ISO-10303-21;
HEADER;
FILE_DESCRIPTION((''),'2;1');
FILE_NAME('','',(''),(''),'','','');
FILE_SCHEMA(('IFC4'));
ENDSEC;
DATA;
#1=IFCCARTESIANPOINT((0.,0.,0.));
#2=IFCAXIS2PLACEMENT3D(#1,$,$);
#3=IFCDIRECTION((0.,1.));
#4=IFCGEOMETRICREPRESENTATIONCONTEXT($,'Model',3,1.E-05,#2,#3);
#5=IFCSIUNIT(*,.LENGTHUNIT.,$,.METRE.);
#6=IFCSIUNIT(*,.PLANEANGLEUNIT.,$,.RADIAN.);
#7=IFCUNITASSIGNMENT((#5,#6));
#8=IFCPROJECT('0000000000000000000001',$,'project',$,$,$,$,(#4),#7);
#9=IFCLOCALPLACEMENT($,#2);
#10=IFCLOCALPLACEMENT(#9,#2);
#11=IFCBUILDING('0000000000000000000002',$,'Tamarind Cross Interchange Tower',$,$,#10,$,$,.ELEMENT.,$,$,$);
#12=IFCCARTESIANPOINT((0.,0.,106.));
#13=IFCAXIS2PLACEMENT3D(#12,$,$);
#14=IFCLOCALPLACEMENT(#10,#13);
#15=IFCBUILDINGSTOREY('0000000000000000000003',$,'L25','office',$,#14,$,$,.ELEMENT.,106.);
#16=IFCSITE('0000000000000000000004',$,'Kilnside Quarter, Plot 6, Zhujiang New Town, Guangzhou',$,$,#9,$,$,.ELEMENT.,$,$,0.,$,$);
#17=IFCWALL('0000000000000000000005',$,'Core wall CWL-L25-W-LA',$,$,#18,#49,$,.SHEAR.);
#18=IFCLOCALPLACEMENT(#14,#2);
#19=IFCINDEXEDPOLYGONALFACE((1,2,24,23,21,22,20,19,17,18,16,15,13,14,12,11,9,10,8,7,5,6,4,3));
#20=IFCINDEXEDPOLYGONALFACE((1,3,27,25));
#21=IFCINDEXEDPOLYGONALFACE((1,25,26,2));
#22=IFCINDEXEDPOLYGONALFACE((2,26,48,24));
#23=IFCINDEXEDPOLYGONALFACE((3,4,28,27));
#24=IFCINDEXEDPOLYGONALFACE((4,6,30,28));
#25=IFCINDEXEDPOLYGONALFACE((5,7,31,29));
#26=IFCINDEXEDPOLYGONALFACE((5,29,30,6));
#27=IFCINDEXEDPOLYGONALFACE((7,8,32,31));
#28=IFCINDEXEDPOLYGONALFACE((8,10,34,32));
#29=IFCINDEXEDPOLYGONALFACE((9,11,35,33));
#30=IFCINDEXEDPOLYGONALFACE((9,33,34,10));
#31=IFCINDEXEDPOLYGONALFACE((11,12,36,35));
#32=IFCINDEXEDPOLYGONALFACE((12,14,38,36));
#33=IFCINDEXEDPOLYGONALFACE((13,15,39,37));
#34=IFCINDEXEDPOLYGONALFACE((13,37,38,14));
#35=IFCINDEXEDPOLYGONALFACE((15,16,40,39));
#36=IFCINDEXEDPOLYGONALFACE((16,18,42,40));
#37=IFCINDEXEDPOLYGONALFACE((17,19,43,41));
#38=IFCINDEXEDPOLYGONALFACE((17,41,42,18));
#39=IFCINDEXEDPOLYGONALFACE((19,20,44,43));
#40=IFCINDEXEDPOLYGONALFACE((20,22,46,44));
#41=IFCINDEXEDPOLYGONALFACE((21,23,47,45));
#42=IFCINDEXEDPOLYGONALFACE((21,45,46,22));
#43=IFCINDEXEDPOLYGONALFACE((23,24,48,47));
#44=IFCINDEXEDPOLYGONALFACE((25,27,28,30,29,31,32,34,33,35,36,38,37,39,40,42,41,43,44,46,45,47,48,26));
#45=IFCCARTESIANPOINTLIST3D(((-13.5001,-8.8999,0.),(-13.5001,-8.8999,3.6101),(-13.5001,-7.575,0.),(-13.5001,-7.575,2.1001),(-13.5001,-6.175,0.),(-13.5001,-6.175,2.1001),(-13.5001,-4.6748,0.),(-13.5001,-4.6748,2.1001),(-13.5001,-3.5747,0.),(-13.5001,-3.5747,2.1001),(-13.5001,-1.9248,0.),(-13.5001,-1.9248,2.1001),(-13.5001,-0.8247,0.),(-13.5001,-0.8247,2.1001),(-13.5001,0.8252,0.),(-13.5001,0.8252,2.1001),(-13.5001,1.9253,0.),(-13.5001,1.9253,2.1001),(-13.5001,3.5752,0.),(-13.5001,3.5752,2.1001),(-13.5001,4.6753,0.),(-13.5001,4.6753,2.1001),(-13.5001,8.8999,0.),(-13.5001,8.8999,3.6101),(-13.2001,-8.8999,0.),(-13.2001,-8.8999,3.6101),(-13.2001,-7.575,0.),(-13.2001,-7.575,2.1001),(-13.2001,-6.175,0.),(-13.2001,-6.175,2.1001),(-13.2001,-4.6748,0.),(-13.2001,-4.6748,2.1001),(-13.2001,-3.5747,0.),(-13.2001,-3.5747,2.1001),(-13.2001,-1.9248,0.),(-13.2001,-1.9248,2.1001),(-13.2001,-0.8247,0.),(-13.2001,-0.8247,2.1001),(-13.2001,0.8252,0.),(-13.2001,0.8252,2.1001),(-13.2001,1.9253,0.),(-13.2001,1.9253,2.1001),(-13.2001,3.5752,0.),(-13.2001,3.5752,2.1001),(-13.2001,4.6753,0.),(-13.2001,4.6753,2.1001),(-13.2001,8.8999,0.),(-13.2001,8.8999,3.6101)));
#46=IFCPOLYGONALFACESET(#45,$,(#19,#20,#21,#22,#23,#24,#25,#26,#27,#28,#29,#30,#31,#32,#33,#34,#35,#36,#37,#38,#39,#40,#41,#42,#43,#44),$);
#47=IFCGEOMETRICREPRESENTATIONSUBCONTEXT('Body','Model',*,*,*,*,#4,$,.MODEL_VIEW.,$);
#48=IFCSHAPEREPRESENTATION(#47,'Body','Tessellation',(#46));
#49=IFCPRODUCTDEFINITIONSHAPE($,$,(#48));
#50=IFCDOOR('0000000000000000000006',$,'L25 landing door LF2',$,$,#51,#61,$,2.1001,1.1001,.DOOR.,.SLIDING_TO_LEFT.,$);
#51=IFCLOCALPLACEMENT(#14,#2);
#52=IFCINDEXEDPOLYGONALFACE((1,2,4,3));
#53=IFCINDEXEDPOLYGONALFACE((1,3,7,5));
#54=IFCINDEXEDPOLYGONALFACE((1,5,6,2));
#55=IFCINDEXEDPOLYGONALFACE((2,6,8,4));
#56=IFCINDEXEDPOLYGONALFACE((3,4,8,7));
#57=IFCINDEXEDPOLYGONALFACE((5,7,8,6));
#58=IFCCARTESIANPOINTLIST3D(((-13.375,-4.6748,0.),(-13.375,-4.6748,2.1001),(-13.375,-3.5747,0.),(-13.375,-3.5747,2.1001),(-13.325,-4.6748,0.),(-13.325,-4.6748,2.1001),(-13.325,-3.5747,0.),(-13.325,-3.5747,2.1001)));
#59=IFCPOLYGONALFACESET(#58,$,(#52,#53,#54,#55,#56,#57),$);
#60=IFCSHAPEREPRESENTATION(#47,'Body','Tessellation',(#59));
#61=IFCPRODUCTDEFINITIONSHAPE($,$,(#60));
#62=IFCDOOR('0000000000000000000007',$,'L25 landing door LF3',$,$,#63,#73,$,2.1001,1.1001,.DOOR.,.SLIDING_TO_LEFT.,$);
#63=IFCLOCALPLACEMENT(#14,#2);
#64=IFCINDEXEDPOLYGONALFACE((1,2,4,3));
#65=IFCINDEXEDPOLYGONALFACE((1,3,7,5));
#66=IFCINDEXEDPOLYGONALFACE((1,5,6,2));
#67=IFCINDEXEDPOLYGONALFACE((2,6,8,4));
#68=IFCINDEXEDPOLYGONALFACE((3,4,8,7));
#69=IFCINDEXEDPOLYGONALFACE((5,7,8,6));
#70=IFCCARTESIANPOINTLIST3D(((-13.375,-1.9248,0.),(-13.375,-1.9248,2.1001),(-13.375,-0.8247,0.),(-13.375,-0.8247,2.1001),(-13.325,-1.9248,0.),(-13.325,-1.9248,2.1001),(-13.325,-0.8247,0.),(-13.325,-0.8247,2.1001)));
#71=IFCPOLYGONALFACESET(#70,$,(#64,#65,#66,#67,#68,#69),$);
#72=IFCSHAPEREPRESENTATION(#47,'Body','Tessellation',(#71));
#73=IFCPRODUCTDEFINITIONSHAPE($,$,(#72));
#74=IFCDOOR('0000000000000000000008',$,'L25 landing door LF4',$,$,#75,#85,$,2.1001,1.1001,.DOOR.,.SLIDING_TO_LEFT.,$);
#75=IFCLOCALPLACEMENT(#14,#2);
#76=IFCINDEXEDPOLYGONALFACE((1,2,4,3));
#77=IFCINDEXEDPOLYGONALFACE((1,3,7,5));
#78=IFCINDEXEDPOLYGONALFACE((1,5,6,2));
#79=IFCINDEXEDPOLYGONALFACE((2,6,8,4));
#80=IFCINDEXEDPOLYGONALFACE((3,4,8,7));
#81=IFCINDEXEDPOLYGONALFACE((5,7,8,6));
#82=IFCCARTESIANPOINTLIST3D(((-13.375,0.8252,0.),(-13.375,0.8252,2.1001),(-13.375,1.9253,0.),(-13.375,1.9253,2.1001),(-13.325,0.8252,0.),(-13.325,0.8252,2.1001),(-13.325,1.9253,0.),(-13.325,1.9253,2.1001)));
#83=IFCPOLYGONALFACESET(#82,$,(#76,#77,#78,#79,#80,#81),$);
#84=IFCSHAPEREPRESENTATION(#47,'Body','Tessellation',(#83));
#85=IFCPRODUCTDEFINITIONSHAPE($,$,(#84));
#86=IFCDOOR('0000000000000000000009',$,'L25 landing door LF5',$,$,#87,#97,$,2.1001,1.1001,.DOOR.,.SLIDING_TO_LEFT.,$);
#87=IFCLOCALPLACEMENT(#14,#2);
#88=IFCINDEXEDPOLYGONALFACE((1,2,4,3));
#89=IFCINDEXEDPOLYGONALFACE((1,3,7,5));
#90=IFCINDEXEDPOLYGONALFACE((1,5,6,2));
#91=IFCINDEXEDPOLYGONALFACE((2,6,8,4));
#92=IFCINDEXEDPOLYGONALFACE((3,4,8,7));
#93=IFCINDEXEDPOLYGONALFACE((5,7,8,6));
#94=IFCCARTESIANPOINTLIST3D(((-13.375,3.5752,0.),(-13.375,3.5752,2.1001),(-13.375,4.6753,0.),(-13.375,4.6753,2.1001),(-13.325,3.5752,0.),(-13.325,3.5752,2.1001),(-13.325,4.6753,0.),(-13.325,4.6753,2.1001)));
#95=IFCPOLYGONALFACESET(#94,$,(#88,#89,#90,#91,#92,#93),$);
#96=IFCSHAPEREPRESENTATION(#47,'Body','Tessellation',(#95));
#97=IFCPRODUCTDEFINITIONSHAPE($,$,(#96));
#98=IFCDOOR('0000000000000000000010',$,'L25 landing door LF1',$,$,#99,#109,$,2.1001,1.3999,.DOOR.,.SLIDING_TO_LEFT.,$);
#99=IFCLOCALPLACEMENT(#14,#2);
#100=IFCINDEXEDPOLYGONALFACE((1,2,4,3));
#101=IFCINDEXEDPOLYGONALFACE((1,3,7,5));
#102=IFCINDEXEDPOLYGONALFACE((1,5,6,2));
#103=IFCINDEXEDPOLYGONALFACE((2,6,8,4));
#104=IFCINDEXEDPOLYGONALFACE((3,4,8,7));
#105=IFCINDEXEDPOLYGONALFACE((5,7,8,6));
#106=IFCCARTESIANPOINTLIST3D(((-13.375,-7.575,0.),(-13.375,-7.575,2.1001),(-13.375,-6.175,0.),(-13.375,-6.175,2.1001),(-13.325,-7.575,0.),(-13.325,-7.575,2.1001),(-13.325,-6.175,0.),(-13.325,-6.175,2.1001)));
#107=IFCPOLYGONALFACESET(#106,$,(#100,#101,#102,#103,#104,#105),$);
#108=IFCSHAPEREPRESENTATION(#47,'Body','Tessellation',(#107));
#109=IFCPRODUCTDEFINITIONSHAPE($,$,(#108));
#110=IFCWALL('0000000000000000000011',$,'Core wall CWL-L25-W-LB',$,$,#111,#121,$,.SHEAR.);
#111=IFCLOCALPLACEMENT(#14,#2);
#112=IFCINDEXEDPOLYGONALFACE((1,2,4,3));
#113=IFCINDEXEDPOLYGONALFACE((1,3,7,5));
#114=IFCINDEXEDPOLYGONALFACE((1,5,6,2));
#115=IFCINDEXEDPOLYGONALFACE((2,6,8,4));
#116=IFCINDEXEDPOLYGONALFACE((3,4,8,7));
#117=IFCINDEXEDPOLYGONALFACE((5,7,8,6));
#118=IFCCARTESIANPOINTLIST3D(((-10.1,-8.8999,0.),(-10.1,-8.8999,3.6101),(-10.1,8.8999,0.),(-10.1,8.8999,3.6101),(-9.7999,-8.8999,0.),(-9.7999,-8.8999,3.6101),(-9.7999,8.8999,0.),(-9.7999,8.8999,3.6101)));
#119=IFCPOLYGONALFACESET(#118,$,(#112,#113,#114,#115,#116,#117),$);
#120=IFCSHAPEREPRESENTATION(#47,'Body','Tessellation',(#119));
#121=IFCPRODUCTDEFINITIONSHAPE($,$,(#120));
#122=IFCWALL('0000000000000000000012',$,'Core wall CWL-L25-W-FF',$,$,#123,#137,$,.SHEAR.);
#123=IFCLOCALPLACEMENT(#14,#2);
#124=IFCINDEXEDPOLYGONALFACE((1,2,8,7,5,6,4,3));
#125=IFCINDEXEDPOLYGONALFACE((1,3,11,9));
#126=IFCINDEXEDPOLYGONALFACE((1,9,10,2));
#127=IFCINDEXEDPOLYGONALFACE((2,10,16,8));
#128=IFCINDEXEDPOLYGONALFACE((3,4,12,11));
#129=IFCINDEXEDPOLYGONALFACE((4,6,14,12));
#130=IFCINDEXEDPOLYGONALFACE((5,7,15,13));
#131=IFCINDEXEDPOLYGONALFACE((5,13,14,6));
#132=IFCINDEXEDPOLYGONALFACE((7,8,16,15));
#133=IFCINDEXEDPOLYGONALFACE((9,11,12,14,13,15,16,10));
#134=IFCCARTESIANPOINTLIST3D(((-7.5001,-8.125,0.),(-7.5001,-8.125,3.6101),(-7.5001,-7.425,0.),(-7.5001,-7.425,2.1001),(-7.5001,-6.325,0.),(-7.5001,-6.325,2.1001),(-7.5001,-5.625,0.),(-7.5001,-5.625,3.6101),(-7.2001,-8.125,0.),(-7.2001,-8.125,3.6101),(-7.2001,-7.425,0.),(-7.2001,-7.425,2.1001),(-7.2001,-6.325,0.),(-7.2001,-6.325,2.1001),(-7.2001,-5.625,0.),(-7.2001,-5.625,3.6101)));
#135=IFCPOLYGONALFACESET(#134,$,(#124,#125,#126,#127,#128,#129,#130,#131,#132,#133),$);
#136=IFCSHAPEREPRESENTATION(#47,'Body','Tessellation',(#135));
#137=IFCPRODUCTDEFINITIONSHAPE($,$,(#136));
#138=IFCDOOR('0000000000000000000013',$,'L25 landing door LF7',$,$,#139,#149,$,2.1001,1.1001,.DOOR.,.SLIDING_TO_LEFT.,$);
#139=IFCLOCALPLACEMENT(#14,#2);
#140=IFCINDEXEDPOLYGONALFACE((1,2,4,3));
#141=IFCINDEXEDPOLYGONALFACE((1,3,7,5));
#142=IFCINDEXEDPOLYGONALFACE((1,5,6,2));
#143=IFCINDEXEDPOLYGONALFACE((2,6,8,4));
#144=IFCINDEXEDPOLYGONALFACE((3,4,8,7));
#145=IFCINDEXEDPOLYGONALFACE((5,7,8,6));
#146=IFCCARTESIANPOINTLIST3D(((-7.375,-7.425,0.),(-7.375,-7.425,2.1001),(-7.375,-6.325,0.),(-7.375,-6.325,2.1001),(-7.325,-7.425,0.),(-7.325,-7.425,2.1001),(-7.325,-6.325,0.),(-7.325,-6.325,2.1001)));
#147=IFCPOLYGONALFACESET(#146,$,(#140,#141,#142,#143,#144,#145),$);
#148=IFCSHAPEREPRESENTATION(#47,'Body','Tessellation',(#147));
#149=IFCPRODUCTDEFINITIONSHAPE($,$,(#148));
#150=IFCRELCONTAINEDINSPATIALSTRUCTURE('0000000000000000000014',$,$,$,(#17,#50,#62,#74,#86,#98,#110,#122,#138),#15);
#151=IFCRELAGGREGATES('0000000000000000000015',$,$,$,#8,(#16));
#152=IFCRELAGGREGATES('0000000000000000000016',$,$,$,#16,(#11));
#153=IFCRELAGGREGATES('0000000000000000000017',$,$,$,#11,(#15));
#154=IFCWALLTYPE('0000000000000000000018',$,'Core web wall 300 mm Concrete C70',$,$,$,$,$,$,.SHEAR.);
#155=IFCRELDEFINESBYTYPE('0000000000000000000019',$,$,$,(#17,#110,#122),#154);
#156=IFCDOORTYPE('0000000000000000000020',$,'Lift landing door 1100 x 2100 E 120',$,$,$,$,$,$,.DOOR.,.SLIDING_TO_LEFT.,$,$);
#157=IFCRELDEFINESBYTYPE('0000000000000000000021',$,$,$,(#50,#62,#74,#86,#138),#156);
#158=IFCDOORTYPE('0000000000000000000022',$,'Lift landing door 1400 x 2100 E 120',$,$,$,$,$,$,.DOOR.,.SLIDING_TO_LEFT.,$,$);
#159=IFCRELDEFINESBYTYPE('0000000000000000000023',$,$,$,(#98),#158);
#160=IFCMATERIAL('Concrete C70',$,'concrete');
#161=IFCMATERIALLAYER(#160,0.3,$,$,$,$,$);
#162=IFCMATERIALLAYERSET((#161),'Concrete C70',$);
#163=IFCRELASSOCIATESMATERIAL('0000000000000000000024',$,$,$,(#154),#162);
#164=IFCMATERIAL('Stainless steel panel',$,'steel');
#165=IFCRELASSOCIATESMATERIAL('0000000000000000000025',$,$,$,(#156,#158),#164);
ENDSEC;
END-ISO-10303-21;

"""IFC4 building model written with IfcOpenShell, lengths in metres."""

from ifc_helpers import new_model, si_unit, direction, frame, frame_2d, origin, place, context, subcontext, project, spatial, rectangle, extrude, material, layer, layer_set, type_object, element, fill, save


model = new_model("IFC4")

# Units and contexts
model_context = context("Model", 3, precision=1e-05, world=origin(), true_north=direction((0.0, 1.0)))
body_context = subcontext(model_context, "Body", "Model", "MODEL_VIEW")
ifc_project = project(units=[si_unit("LENGTHUNIT", "METRE"), si_unit("PLANEANGLEUNIT", "RADIAN")], contexts=[model_context])

# Site, building, storey
site_placement = place(None, origin())
site = spatial("IfcSite", under=ifc_project, at=site_placement, Name="Kilnside Quarter, Plot 6, Zhujiang New Town, Guangzhou", CompositionType="ELEMENT", RefElevation=0.0)
building_placement = place(site_placement, origin())
building = spatial("IfcBuilding", under=site, at=building_placement, Name="Tamarind Cross Interchange Tower", CompositionType="ELEMENT")
storey_placement = place(building_placement, frame((0.0, 0.0, 106.0)))
storey = spatial("IfcBuildingStorey", under=building, at=storey_placement, Name="L25", Description="office", CompositionType="ELEMENT", Elevation=106.0)

# Shared definitions
ifc_material_1 = material(Name="Concrete C70", Category="concrete")

# Shared definitions
ifc_layer_1 = layer(ifc_material_1, 0.3)
ifc_layer_set_1 = layer_set([ifc_layer_1], Name="Concrete C70")
wall_type_1 = type_object("IfcWallType", Name="Core web wall 300 mm Concrete C70", PredefinedType="SHEAR", material=ifc_layer_set_1)

# Wall, openings, doors
wall_1_placement = place(storey_placement, frame((-13.3501, -8.8999, 0.0), z_axis=(0.0, 0.0, 1.0), x_axis=(0.0, 1.0, 0.0)))
wall_1 = element("IfcWall", 1, at=wall_1_placement, inside=storey, type_object=wall_type_1, Name="Core wall CWL-L25-W-LA", PredefinedType="SHEAR", context=body_context, shape_type="SweptSolid", body=[
    extrude(rectangle(XDim=17.7998, YDim=0.3, at=frame_2d((8.8999, 0.0))), origin(), (0.0, 0.0, 1.0), 3.6101),
])
opening_1_placement = place(wall_1_placement, frame((1.325, 0.0, 0.0)))
opening_1 = element("IfcOpeningElement", 2, at=opening_1_placement, cuts=wall_1, PredefinedType="OPENING", context=body_context, shape_type="SweptSolid", body=[
    extrude(rectangle(XDim=1.3999, YDim=2.1001, at=frame_2d((0.7, 1.05))), frame((0.0, 0.1599, 0.0), z_axis=(0.0, -1.0, 0.0), x_axis=(1.0, 0.0, 0.0)), (0.0, 0.0, 1.0), 0.3201),
])
opening_2_placement = place(wall_1_placement, frame((4.2251, 0.0, 0.0)))
opening_2 = element("IfcOpeningElement", 3, at=opening_2_placement, cuts=wall_1, PredefinedType="OPENING", context=body_context, shape_type="SweptSolid", body=[
    extrude(rectangle(XDim=1.1001, YDim=2.1001, at=frame_2d((0.55, 1.05))), frame((0.0, 0.1599, 0.0), z_axis=(0.0, -1.0, 0.0), x_axis=(1.0, 0.0, 0.0)), (0.0, 0.0, 1.0), 0.3201),
])
opening_3_placement = place(wall_1_placement, frame((6.9751, 0.0, 0.0)))
opening_3 = element("IfcOpeningElement", 4, at=opening_3_placement, cuts=wall_1, PredefinedType="OPENING", context=body_context, shape_type="SweptSolid", body=[
    extrude(rectangle(XDim=1.1001, YDim=2.1001, at=frame_2d((0.55, 1.05))), frame((0.0, 0.1599, 0.0), z_axis=(0.0, -1.0, 0.0), x_axis=(1.0, 0.0, 0.0)), (0.0, 0.0, 1.0), 0.3201),
])
opening_4_placement = place(wall_1_placement, frame((9.7251, 0.0, 0.0)))
opening_4 = element("IfcOpeningElement", 5, at=opening_4_placement, cuts=wall_1, PredefinedType="OPENING", context=body_context, shape_type="SweptSolid", body=[
    extrude(rectangle(XDim=1.1001, YDim=2.1001, at=frame_2d((0.55, 1.05))), frame((0.0, 0.1599, 0.0), z_axis=(0.0, -1.0, 0.0), x_axis=(1.0, 0.0, 0.0)), (0.0, 0.0, 1.0), 0.3201),
])
opening_5_placement = place(wall_1_placement, frame((12.4751, 0.0, 0.0)))
opening_5 = element("IfcOpeningElement", 6, at=opening_5_placement, cuts=wall_1, PredefinedType="OPENING", context=body_context, shape_type="SweptSolid", body=[
    extrude(rectangle(XDim=1.1001, YDim=2.1001, at=frame_2d((0.55, 1.05))), frame((0.0, 0.1599, 0.0), z_axis=(0.0, -1.0, 0.0), x_axis=(1.0, 0.0, 0.0)), (0.0, 0.0, 1.0), 0.3201),
])
ifc_material_2 = material(Name="Stainless steel panel", Category="steel")
door_type_1 = type_object("IfcDoorType", Name="Lift landing door 1100 x 2100 E 120", OperationType="SLIDING_TO_LEFT", PredefinedType="DOOR", material=ifc_material_2)
door_1_placement = place(opening_2_placement, origin())
door_1 = element("IfcDoor", 7, at=door_1_placement, inside=storey, type_object=door_type_1, Name="L25 landing door LF2", OperationType="SLIDING_TO_LEFT", OverallHeight=2.1001, OverallWidth=1.1001, PredefinedType="DOOR", context=body_context, shape_type="SweptSolid", body=[
    extrude(rectangle(XDim=1.1001, YDim=2.1001, at=frame_2d((0.55, 1.05))), frame((0.0, 0.0249, 0.0), z_axis=(0.0, -1.0, 0.0), x_axis=(1.0, 0.0, 0.0)), (0.0, 0.0, 1.0), 0.05),
])
fill(opening_2, door_1)
door_2_placement = place(opening_3_placement, origin())
door_2 = element("IfcDoor", 8, at=door_2_placement, inside=storey, type_object=door_type_1, Name="L25 landing door LF3", OperationType="SLIDING_TO_LEFT", OverallHeight=2.1001, OverallWidth=1.1001, PredefinedType="DOOR", context=body_context, shape_type="SweptSolid", body=[
    extrude(rectangle(XDim=1.1001, YDim=2.1001, at=frame_2d((0.55, 1.05))), frame((0.0, 0.0249, 0.0), z_axis=(0.0, -1.0, 0.0), x_axis=(1.0, 0.0, 0.0)), (0.0, 0.0, 1.0), 0.05),
])
fill(opening_3, door_2)
door_3_placement = place(opening_4_placement, origin())
door_3 = element("IfcDoor", 9, at=door_3_placement, inside=storey, type_object=door_type_1, Name="L25 landing door LF4", OperationType="SLIDING_TO_LEFT", OverallHeight=2.1001, OverallWidth=1.1001, PredefinedType="DOOR", context=body_context, shape_type="SweptSolid", body=[
    extrude(rectangle(XDim=1.1001, YDim=2.1001, at=frame_2d((0.55, 1.05))), frame((0.0, 0.0249, 0.0), z_axis=(0.0, -1.0, 0.0), x_axis=(1.0, 0.0, 0.0)), (0.0, 0.0, 1.0), 0.05),
])
fill(opening_4, door_3)
door_4_placement = place(opening_5_placement, origin())
door_4 = element("IfcDoor", 10, at=door_4_placement, inside=storey, type_object=door_type_1, Name="L25 landing door LF5", OperationType="SLIDING_TO_LEFT", OverallHeight=2.1001, OverallWidth=1.1001, PredefinedType="DOOR", context=body_context, shape_type="SweptSolid", body=[
    extrude(rectangle(XDim=1.1001, YDim=2.1001, at=frame_2d((0.55, 1.05))), frame((0.0, 0.0249, 0.0), z_axis=(0.0, -1.0, 0.0), x_axis=(1.0, 0.0, 0.0)), (0.0, 0.0, 1.0), 0.05),
])
fill(opening_5, door_4)
door_type_2 = type_object("IfcDoorType", Name="Lift landing door 1400 x 2100 E 120", OperationType="SLIDING_TO_LEFT", PredefinedType="DOOR", material=ifc_material_2)
door_5_placement = place(opening_1_placement, origin())
door_5 = element("IfcDoor", 11, at=door_5_placement, inside=storey, type_object=door_type_2, Name="L25 landing door LF1", OperationType="SLIDING_TO_LEFT", OverallHeight=2.1001, OverallWidth=1.3999, PredefinedType="DOOR", context=body_context, shape_type="SweptSolid", body=[
    extrude(rectangle(XDim=1.3999, YDim=2.1001, at=frame_2d((0.7, 1.05))), frame((0.0, 0.0249, 0.0), z_axis=(0.0, -1.0, 0.0), x_axis=(1.0, 0.0, 0.0)), (0.0, 0.0, 1.0), 0.05),
])
fill(opening_1, door_5)

# Wall
wall_2_placement = place(storey_placement, frame((-9.95, -8.8999, 0.0), z_axis=(0.0, 0.0, 1.0), x_axis=(0.0, 1.0, 0.0)))
element("IfcWall", 12, at=wall_2_placement, inside=storey, type_object=wall_type_1, Name="Core wall CWL-L25-W-LB", PredefinedType="SHEAR", context=body_context, shape_type="SweptSolid", body=[
    extrude(rectangle(XDim=17.7998, YDim=0.3, at=frame_2d((8.8999, 0.0))), origin(), (0.0, 0.0, 1.0), 3.6101),
])

# Wall, opening, door
wall_3_placement = place(storey_placement, frame((-7.3501, -8.125, 0.0), z_axis=(0.0, 0.0, 1.0), x_axis=(0.0, 1.0, 0.0)))
wall_3 = element("IfcWall", 13, at=wall_3_placement, inside=storey, type_object=wall_type_1, Name="Core wall CWL-L25-W-FF", PredefinedType="SHEAR", context=body_context, shape_type="SweptSolid", body=[
    extrude(rectangle(XDim=2.5, YDim=0.3, at=frame_2d((1.25, 0.0))), origin(), (0.0, 0.0, 1.0), 3.6101),
])
opening_6_placement = place(wall_3_placement, frame((0.7, 0.0, 0.0)))
opening_6 = element("IfcOpeningElement", 14, at=opening_6_placement, cuts=wall_3, PredefinedType="OPENING", context=body_context, shape_type="SweptSolid", body=[
    extrude(rectangle(XDim=1.1001, YDim=2.1001, at=frame_2d((0.55, 1.05))), frame((0.0, 0.1599, 0.0), z_axis=(0.0, -1.0, 0.0), x_axis=(1.0, 0.0, 0.0)), (0.0, 0.0, 1.0), 0.3201),
])
door_6_placement = place(opening_6_placement, origin())
door_6 = element("IfcDoor", 15, at=door_6_placement, inside=storey, type_object=door_type_1, Name="L25 landing door LF7", OperationType="SLIDING_TO_LEFT", OverallHeight=2.1001, OverallWidth=1.1001, PredefinedType="DOOR", context=body_context, shape_type="SweptSolid", body=[
    extrude(rectangle(XDim=1.1001, YDim=2.1001, at=frame_2d((0.55, 1.05))), frame((0.0, 0.0249, 0.0), z_axis=(0.0, -1.0, 0.0), x_axis=(1.0, 0.0, 0.0)), (0.0, 0.0, 1.0), 0.05),
])
fill(opening_6, door_6)

save(model, "model.ifc")
